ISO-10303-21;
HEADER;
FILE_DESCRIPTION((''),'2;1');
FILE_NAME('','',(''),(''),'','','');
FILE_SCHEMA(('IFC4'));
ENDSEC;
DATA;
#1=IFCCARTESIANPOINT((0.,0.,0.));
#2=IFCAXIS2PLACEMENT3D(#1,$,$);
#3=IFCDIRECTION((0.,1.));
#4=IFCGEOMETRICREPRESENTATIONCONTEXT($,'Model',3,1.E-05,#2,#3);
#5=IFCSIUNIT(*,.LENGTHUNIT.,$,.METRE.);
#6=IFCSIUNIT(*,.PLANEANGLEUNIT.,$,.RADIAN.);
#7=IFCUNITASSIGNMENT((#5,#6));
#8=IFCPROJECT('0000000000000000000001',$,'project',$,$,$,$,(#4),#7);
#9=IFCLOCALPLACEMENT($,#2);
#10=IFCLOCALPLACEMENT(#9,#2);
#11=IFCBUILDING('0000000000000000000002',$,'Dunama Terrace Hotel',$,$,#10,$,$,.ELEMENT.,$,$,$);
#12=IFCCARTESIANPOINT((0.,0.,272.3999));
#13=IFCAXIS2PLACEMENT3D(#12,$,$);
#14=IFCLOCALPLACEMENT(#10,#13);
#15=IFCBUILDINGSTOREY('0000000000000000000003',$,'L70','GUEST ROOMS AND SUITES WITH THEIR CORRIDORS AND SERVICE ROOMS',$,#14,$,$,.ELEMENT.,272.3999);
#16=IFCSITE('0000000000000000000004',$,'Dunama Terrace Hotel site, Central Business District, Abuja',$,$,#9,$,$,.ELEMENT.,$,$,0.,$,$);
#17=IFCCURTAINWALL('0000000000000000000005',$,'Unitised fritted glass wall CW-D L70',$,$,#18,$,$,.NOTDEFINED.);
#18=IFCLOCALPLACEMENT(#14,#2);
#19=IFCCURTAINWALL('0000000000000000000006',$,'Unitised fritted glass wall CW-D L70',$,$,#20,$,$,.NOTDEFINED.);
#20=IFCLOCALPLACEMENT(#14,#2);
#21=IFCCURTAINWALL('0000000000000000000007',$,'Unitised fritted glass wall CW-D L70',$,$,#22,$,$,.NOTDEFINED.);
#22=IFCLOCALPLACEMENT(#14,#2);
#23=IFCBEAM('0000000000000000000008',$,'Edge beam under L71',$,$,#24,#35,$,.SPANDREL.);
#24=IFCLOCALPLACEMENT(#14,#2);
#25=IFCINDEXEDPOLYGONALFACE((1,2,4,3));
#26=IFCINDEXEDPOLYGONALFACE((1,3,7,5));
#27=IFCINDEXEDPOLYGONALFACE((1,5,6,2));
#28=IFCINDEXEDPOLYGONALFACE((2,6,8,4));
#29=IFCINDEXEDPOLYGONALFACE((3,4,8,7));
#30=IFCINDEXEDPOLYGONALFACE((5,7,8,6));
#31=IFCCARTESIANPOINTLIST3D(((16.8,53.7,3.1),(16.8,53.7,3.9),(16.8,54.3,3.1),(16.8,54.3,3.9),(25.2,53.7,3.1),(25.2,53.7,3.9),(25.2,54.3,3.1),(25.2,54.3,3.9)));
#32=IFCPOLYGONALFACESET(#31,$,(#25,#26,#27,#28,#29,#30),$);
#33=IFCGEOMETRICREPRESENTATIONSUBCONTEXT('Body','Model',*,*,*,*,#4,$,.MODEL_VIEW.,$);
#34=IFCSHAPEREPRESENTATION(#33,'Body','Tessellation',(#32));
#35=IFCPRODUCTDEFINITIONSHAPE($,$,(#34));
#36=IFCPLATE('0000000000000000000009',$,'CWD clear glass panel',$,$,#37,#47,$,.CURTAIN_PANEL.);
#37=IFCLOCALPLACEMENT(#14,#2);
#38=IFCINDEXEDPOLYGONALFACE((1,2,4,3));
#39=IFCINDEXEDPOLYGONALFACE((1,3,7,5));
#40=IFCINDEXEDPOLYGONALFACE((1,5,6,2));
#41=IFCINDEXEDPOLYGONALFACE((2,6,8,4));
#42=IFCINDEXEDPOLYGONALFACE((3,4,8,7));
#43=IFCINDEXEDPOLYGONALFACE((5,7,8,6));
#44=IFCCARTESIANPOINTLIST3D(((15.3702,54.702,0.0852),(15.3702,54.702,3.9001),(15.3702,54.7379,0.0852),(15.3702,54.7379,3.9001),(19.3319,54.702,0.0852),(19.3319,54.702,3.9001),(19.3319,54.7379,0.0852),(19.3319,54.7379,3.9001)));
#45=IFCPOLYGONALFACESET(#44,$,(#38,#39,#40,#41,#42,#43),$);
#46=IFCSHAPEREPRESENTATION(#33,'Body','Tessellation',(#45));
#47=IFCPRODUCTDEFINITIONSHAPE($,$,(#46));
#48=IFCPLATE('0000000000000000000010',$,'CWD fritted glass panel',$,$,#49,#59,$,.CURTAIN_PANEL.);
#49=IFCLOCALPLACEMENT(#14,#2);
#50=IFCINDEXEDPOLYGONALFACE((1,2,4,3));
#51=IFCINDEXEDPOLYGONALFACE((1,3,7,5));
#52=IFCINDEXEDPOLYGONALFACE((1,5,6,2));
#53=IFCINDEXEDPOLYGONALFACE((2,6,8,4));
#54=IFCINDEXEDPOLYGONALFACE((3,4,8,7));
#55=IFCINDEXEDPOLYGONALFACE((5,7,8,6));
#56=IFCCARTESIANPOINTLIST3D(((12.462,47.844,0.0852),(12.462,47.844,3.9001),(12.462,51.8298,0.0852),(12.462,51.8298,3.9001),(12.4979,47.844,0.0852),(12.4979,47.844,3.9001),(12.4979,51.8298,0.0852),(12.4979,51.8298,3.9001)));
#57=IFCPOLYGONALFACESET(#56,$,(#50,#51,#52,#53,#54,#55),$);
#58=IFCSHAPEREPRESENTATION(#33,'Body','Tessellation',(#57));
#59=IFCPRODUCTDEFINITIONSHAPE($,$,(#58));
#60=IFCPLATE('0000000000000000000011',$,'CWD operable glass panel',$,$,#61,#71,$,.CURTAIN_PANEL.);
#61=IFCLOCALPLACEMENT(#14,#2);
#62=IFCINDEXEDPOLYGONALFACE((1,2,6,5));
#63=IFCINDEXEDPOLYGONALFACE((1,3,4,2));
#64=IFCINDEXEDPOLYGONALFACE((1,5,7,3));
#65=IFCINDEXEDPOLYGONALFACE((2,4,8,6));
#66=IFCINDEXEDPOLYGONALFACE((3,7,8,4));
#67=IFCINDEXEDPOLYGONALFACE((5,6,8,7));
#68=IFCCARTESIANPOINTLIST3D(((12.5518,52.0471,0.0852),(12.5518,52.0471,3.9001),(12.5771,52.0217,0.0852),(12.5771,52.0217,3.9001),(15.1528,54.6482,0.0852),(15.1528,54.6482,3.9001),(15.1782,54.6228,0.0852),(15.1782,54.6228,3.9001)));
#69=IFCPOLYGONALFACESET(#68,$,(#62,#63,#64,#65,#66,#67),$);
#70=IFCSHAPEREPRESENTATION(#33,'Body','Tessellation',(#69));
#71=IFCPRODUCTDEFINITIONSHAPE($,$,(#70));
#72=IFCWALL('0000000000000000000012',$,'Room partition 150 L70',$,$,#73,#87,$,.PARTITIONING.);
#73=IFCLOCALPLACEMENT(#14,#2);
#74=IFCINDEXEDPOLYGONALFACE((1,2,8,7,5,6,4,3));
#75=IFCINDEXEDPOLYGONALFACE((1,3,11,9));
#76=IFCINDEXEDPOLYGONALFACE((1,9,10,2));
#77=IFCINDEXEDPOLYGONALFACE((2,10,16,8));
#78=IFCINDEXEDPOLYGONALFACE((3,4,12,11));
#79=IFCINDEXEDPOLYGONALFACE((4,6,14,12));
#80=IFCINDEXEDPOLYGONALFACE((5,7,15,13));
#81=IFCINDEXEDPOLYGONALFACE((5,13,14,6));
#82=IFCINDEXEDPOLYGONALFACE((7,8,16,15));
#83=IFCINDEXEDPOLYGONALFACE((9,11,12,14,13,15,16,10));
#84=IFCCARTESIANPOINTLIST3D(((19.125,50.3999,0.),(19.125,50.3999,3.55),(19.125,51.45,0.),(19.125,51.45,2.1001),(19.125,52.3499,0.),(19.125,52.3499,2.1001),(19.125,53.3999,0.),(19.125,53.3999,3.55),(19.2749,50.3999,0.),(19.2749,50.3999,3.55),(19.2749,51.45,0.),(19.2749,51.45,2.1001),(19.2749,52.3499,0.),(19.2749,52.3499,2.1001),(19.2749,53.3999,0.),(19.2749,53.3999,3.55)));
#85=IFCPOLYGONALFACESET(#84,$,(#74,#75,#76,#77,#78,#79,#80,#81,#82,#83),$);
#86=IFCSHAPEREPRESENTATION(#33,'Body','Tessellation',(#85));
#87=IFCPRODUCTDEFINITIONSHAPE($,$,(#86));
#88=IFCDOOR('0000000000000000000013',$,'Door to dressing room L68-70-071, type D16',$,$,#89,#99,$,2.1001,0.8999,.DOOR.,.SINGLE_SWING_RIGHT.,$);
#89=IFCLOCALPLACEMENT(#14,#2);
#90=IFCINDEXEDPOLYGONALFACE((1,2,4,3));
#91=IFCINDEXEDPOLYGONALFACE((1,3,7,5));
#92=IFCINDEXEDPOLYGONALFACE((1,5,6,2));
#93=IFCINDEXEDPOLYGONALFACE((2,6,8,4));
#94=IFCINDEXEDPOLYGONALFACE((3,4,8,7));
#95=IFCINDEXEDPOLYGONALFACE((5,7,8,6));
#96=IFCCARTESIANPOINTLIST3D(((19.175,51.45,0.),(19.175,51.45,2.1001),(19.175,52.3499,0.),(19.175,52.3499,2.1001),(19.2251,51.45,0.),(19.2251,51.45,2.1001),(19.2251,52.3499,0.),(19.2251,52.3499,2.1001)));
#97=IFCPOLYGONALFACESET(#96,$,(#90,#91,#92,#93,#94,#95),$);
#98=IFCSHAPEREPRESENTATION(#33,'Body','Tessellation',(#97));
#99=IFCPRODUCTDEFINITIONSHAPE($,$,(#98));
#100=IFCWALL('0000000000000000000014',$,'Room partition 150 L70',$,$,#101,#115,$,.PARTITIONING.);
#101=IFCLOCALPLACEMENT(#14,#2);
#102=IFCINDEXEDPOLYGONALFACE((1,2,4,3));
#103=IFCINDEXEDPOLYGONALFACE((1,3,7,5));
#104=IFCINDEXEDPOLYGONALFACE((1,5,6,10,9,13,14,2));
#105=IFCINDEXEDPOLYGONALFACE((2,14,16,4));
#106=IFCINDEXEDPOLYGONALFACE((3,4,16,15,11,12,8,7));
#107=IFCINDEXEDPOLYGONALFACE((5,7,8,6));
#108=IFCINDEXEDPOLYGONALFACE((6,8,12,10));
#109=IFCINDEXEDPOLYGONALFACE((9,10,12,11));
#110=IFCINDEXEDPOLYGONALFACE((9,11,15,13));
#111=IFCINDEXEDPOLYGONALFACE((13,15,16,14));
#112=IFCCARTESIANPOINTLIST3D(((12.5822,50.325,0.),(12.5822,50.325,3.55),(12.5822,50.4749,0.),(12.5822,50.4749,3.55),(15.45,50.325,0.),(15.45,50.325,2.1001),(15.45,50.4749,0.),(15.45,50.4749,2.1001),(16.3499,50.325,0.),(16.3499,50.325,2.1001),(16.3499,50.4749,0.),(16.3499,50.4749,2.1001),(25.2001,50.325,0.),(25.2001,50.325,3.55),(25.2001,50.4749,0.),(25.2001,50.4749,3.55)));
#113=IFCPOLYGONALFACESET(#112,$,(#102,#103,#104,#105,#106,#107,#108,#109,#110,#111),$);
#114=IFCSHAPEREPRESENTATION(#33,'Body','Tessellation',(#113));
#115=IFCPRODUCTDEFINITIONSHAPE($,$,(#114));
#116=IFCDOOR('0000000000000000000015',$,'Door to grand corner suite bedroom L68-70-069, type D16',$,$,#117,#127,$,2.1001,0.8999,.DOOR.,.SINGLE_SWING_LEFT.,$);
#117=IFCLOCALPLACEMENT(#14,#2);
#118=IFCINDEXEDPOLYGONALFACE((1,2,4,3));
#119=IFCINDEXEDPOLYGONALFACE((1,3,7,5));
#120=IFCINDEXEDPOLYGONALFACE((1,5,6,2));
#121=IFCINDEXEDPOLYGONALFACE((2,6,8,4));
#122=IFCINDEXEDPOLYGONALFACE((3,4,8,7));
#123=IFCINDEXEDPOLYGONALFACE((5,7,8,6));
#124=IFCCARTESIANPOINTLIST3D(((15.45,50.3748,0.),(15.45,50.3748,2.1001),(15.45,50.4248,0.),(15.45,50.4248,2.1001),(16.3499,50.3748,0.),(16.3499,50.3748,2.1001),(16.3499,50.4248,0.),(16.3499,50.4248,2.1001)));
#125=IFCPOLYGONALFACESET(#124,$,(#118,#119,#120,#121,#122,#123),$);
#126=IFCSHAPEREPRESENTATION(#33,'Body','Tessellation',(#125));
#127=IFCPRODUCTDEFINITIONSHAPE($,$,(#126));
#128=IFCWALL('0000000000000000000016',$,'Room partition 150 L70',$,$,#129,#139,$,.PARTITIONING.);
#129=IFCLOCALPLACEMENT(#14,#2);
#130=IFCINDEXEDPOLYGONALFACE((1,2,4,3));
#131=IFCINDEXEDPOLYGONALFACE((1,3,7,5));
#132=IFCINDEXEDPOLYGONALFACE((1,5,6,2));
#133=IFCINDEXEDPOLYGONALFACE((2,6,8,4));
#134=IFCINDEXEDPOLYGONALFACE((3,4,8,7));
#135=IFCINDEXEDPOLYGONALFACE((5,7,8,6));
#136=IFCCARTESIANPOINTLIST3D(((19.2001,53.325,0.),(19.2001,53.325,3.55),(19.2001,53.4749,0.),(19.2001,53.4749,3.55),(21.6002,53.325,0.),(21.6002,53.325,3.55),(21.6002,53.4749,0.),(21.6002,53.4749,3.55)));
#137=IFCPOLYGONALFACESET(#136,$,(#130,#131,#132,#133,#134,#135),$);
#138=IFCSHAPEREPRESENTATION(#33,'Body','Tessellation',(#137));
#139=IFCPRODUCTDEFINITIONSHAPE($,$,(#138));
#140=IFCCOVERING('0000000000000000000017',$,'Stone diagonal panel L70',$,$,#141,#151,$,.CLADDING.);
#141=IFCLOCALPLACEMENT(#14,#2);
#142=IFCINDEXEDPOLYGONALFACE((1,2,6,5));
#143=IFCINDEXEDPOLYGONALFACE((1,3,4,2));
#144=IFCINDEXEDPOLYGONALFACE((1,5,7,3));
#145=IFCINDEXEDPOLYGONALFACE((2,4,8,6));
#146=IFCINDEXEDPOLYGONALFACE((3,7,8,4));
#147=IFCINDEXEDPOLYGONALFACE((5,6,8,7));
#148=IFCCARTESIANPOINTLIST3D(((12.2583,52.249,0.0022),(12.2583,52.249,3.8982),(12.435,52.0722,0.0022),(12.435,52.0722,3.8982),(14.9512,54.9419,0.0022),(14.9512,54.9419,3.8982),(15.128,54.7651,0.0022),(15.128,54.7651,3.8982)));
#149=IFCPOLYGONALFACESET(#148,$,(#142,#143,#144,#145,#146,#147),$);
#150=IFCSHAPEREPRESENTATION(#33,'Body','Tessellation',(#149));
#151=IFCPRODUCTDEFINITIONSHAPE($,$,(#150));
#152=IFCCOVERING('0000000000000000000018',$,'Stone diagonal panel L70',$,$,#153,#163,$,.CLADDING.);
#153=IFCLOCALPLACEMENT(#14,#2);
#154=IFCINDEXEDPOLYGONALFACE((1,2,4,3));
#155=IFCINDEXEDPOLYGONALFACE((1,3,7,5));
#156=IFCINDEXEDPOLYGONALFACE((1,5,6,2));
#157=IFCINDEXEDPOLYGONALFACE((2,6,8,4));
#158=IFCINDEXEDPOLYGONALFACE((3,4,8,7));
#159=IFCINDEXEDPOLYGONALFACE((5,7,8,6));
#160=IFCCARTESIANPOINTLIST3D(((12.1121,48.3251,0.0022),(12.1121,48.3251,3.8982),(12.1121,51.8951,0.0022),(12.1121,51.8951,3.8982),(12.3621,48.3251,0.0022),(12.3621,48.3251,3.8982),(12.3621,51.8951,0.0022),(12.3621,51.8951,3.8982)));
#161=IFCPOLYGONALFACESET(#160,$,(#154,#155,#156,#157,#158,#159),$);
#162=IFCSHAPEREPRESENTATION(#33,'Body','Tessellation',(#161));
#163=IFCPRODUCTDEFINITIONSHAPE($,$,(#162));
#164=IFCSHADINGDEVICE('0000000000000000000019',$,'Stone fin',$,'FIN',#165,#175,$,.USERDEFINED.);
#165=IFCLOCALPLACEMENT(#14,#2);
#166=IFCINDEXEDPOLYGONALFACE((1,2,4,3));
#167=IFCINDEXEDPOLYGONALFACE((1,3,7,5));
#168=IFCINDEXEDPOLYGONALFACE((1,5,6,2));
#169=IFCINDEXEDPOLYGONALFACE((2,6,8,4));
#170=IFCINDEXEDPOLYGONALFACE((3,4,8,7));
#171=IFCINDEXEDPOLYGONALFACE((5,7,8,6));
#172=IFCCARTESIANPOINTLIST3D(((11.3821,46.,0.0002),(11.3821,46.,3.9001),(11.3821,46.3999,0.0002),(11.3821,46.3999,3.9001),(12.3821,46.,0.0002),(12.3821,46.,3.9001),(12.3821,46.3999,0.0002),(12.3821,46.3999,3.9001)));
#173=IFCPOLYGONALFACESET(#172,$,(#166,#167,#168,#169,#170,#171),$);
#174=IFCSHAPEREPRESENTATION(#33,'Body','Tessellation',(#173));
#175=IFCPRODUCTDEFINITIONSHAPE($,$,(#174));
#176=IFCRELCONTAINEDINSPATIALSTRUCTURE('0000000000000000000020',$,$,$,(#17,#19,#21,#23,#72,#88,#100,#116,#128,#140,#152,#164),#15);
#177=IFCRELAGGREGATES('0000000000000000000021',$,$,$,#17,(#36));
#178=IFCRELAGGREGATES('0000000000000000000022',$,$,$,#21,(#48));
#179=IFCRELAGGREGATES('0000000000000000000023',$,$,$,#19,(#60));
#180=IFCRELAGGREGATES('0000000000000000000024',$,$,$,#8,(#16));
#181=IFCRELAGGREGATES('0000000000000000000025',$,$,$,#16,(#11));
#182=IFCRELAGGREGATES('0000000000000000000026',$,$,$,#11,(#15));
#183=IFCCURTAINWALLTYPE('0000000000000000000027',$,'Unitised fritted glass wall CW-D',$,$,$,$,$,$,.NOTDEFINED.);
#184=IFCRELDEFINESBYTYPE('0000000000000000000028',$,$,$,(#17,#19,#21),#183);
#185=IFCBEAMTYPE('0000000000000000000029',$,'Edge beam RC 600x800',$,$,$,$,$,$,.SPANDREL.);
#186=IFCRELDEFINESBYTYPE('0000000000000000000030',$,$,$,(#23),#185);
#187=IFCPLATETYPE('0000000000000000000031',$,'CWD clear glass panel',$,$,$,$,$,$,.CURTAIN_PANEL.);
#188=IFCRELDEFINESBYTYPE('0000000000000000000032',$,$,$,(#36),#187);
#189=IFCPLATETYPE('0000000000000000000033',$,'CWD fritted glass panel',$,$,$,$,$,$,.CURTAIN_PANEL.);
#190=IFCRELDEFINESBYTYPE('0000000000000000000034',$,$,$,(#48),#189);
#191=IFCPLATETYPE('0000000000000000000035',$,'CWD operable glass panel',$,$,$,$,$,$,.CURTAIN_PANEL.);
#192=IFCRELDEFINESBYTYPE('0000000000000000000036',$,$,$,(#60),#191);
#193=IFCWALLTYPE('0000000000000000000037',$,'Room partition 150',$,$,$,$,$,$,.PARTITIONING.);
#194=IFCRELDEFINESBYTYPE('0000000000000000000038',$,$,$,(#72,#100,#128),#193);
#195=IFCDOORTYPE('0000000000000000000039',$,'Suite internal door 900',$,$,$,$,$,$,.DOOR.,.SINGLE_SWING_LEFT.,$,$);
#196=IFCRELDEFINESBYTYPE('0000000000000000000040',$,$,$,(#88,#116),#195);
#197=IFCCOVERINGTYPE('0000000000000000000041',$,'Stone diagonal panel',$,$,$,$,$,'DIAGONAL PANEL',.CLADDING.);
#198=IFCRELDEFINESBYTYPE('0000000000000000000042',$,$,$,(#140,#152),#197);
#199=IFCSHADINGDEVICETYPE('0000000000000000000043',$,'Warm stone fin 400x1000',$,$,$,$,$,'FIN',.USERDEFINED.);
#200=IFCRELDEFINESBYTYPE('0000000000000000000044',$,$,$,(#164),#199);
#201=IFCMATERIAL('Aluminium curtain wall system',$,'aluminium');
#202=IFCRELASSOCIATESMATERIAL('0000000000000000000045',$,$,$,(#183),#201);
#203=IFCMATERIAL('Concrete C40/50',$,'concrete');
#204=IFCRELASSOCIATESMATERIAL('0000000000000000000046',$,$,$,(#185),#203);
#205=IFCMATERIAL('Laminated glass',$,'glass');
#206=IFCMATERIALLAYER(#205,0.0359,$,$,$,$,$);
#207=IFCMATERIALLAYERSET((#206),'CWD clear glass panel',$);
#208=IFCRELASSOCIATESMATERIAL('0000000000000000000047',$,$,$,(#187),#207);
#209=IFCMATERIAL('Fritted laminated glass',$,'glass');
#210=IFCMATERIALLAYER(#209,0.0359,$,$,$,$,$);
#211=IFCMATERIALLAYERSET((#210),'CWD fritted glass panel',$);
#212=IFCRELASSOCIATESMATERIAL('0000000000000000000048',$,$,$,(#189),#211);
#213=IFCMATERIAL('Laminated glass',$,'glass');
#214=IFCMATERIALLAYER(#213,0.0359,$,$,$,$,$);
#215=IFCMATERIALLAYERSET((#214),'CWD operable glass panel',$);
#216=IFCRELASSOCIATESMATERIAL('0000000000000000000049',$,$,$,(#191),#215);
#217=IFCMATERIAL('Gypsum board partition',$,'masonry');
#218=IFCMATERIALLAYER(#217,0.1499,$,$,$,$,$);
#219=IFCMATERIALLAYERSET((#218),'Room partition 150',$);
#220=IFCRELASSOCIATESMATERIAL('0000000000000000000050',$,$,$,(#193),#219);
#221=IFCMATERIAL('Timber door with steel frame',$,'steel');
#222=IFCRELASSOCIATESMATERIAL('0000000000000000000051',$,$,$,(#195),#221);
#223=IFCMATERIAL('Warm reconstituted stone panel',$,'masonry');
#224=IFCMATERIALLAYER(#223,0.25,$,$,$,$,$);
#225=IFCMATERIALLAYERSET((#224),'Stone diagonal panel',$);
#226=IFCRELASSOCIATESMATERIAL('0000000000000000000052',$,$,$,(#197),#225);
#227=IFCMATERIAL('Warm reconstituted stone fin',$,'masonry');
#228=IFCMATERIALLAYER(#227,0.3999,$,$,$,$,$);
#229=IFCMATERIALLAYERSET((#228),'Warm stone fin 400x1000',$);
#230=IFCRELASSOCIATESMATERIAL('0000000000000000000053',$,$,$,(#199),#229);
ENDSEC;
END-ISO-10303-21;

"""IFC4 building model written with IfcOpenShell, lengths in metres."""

from ifc_helpers import new_model, si_unit, direction, frame, frame_2d, origin, origin_2d, place, context, subcontext, project, spatial, rectangle, extrude, material, layer, layer_set, material_profile, profile_set, type_object, element, fill, aggregate, save


model = new_model("IFC4")

# Units and contexts
model_context = context("Model", 3, precision=1e-05, world=origin(), true_north=direction((0.0, 1.0)))
body_context = subcontext(model_context, "Body", "Model", "MODEL_VIEW")
ifc_project = project(units=[si_unit("LENGTHUNIT", "METRE"), si_unit("PLANEANGLEUNIT", "RADIAN")], contexts=[model_context])

# Site, building, storey
site_placement = place(None, origin())
site = spatial("IfcSite", under=ifc_project, at=site_placement, Name="Dunama Terrace Hotel site, Central Business District, Abuja", CompositionType="ELEMENT", RefElevation=0.0)
building_placement = place(site_placement, origin())
building = spatial("IfcBuilding", under=site, at=building_placement, Name="Dunama Terrace Hotel", CompositionType="ELEMENT")
storey_placement = place(building_placement, frame((0.0, 0.0, 272.3999)))
storey = spatial("IfcBuildingStorey", under=building, at=storey_placement, Name="L70", Description="GUEST ROOMS AND SUITES WITH THEIR CORRIDORS AND SERVICE ROOMS", CompositionType="ELEMENT", Elevation=272.3999)

# Curtain walls
ifc_material_1 = material(Name="Aluminium curtain wall system", Category="aluminium")
curtain_wall_type = type_object("IfcCurtainWallType", Name="Unitised fritted glass wall CW-D", PredefinedType="NOTDEFINED", material=ifc_material_1)
curtain_wall_1_placement = place(storey_placement, origin())
curtain_wall_1 = element("IfcCurtainWall", 1, at=curtain_wall_1_placement, inside=storey, type_object=curtain_wall_type, Name="Unitised fritted glass wall CW-D L70", PredefinedType="NOTDEFINED")
curtain_wall_2_placement = place(storey_placement, origin())
curtain_wall_2 = element("IfcCurtainWall", 2, at=curtain_wall_2_placement, inside=storey, type_object=curtain_wall_type, Name="Unitised fritted glass wall CW-D L70", PredefinedType="NOTDEFINED")
curtain_wall_3_placement = place(storey_placement, origin())
curtain_wall_3 = element("IfcCurtainWall", 3, at=curtain_wall_3_placement, inside=storey, type_object=curtain_wall_type, Name="Unitised fritted glass wall CW-D L70", PredefinedType="NOTDEFINED")

# Beam
ifc_material_2 = material(Name="Concrete C40/50", Category="concrete")
ifc_material_profile_1 = material_profile(ifc_material_2, rectangle(XDim=0.6001, YDim=0.8, at=origin_2d()), Name="RC 600x800")
ifc_profile_set_1 = profile_set([ifc_material_profile_1], Name="Concrete C40/50")
beam_type_1 = type_object("IfcBeamType", Name="Edge beam RC 600x800", PredefinedType="SPANDREL", material=ifc_profile_set_1)
beam_1_placement = place(storey_placement, frame((16.8, 54.0, 3.5), z_axis=(1.0, 0.0, 0.0), x_axis=(0.0, 1.0, 0.0)))
element("IfcBeam", 4, at=beam_1_placement, inside=storey, type_object=beam_type_1, Name="Edge beam under L71", PredefinedType="SPANDREL", context=body_context, shape_type="SweptSolid", body=[
    extrude(rectangle(XDim=0.6001, YDim=0.8, at=origin_2d()), origin(), (0.0, 0.0, 1.0), 8.3999),
])

# Plates
ifc_material_3 = material(Name="Laminated glass", Category="glass")
ifc_layer_1 = layer(ifc_material_3, 0.0359)
ifc_layer_set_1 = layer_set([ifc_layer_1], Name="CWD clear glass panel")
plate_type_1 = type_object("IfcPlateType", Name="CWD clear glass panel", PredefinedType="CURTAIN_PANEL", material=ifc_layer_set_1)
plate_1_placement = place(storey_placement, frame((17.3511, 54.72, 0.0852), z_axis=(0.0, 0.0, 1.0), x_axis=(-1.0, 0.0, 0.0)))
plate_1 = element("IfcPlate", 5, at=plate_1_placement, type_object=plate_type_1, Name="CWD clear glass panel", PredefinedType="CURTAIN_PANEL", context=body_context, shape_type="SweptSolid", body=[
    extrude(rectangle(XDim=3.9617, YDim=0.0359, at=origin_2d()), origin(), (0.0, 0.0, 1.0), 3.8149),
])
aggregate(curtain_wall_1, [plate_1])
ifc_material_4 = material(Name="Fritted laminated glass", Category="glass")
ifc_layer_2 = layer(ifc_material_4, 0.0359)
ifc_layer_set_2 = layer_set([ifc_layer_2], Name="CWD fritted glass panel")
plate_type_2 = type_object("IfcPlateType", Name="CWD fritted glass panel", PredefinedType="CURTAIN_PANEL", material=ifc_layer_set_2)
plate_2_placement = place(storey_placement, frame((12.48, 49.8369, 0.0852), z_axis=(0.0, 0.0, 1.0), x_axis=(0.0, -1.0, 0.0)))
plate_2 = element("IfcPlate", 6, at=plate_2_placement, type_object=plate_type_2, Name="CWD fritted glass panel", PredefinedType="CURTAIN_PANEL", context=body_context, shape_type="SweptSolid", body=[
    extrude(rectangle(XDim=3.9858, YDim=0.0359, at=origin_2d()), origin(), (0.0, 0.0, 1.0), 3.8149),
])
aggregate(curtain_wall_3, [plate_2])
ifc_material_5 = material(Name="Laminated glass", Category="glass")
ifc_layer_3 = layer(ifc_material_5, 0.0359)
ifc_layer_set_3 = layer_set([ifc_layer_3], Name="CWD operable glass panel")
plate_type_3 = type_object("IfcPlateType", Name="CWD operable glass panel", PredefinedType="CURTAIN_PANEL", material=ifc_layer_set_3)
plate_3_placement = place(storey_placement, frame((13.865, 53.335, 0.0852), z_axis=(0.0, 0.0, 1.0), x_axis=(-0.707107, -0.707107, 0.0)))
plate_3 = element("IfcPlate", 7, at=plate_3_placement, type_object=plate_type_3, Name="CWD operable glass panel", PredefinedType="CURTAIN_PANEL", context=body_context, shape_type="SweptSolid", body=[
    extrude(rectangle(XDim=3.6785, YDim=0.0359, at=origin_2d()), origin(), (0.0, 0.0, 1.0), 3.8149),
])
aggregate(curtain_wall_2, [plate_3])

# Walls, openings, doors
ifc_material_6 = material(Name="Gypsum board partition", Category="masonry")
ifc_layer_4 = layer(ifc_material_6, 0.1499)
ifc_layer_set_4 = layer_set([ifc_layer_4], Name="Room partition 150")
wall_type = type_object("IfcWallType", Name="Room partition 150", PredefinedType="PARTITIONING", material=ifc_layer_set_4)
wall_1_placement = place(storey_placement, frame((19.2, 50.3999, 0.0), z_axis=(0.0, 0.0, 1.0), x_axis=(0.0, 1.0, 0.0)))
wall_1 = element("IfcWall", 8, at=wall_1_placement, inside=storey, type_object=wall_type, Name="Room partition 150 L70", PredefinedType="PARTITIONING", context=body_context, shape_type="SweptSolid", body=[
    extrude(rectangle(XDim=3.0, YDim=0.1499, at=frame_2d((1.5, 0.0))), origin(), (0.0, 0.0, 1.0), 3.55),
])
opening_1_placement = place(wall_1_placement, frame((1.05, 0.0, 0.0)))
opening_1 = element("IfcOpeningElement", 9, at=opening_1_placement, cuts=wall_1, PredefinedType="OPENING", context=body_context, shape_type="SweptSolid", body=[
    extrude(rectangle(XDim=0.8999, YDim=2.1001, at=frame_2d((0.45, 1.05))), frame((0.0, 0.085, 0.0), z_axis=(0.0, -1.0, 0.0), x_axis=(1.0, 0.0, 0.0)), (0.0, 0.0, 1.0), 0.1699),
])
ifc_material_7 = material(Name="Timber door with steel frame", Category="steel")
door_type = type_object("IfcDoorType", Name="Suite internal door 900", OperationType="SINGLE_SWING_LEFT", PredefinedType="DOOR", material=ifc_material_7)
door_1_placement = place(opening_1_placement, frame((0.8999, 0.0, 0.0), z_axis=(0.0, 0.0, 1.0), x_axis=(-1.0, 0.0, 0.0)))
door_1 = element("IfcDoor", 10, at=door_1_placement, inside=storey, type_object=door_type, Name="Door to dressing room L68-70-071, type D16", OperationType="SINGLE_SWING_RIGHT", OverallHeight=2.1001, OverallWidth=0.8999, PredefinedType="DOOR", context=body_context, shape_type="SweptSolid", body=[
    extrude(rectangle(XDim=0.8999, YDim=2.1001, at=frame_2d((0.45, 1.05))), frame((0.0, 0.0251, 0.0), z_axis=(0.0, -1.0, 0.0), x_axis=(1.0, 0.0, 0.0)), (0.0, 0.0, 1.0), 0.05),
])
fill(opening_1, door_1)
wall_2_placement = place(storey_placement, frame((12.582, 50.3999, 0.0), z_axis=(0.0, 0.0, 1.0), x_axis=(1.0, 0.0, 0.0)))
wall_2 = element("IfcWall", 11, at=wall_2_placement, inside=storey, type_object=wall_type, Name="Room partition 150 L70", PredefinedType="PARTITIONING", context=body_context, shape_type="SweptSolid", body=[
    extrude(rectangle(XDim=12.6179, YDim=0.1499, at=frame_2d((6.3091, 0.0))), origin(), (0.0, 0.0, 1.0), 3.55),
])
opening_2_placement = place(wall_2_placement, frame((2.8679, 0.0, 0.0)))
opening_2 = element("IfcOpeningElement", 12, at=opening_2_placement, cuts=wall_2, PredefinedType="OPENING", context=body_context, shape_type="SweptSolid", body=[
    extrude(rectangle(XDim=0.8999, YDim=2.1001, at=frame_2d((0.45, 1.05))), frame((0.0, 0.085, 0.0), z_axis=(0.0, -1.0, 0.0), x_axis=(1.0, 0.0, 0.0)), (0.0, 0.0, 1.0), 0.1699),
])
door_2_placement = place(opening_2_placement, origin())
door_2 = element("IfcDoor", 13, at=door_2_placement, inside=storey, type_object=door_type, Name="Door to grand corner suite bedroom L68-70-069, type D16", OperationType="SINGLE_SWING_LEFT", OverallHeight=2.1001, OverallWidth=0.8999, PredefinedType="DOOR", context=body_context, shape_type="SweptSolid", body=[
    extrude(rectangle(XDim=0.8999, YDim=2.1001, at=frame_2d((0.45, 1.05))), frame((0.0, 0.0249, 0.0), z_axis=(0.0, -1.0, 0.0), x_axis=(1.0, 0.0, 0.0)), (0.0, 0.0, 1.0), 0.05),
])
fill(opening_2, door_2)

# Wall
wall_3_placement = place(storey_placement, frame((19.2, 53.3999, 0.0), z_axis=(0.0, 0.0, 1.0), x_axis=(1.0, 0.0, 0.0)))
element("IfcWall", 14, at=wall_3_placement, inside=storey, type_object=wall_type, Name="Room partition 150 L70", PredefinedType="PARTITIONING", context=body_context, shape_type="SweptSolid", body=[
    extrude(rectangle(XDim=2.4001, YDim=0.1499, at=frame_2d((1.2002, 0.0))), origin(), (0.0, 0.0, 1.0), 3.55),
])

# Coverings
ifc_material_8 = material(Name="Warm reconstituted stone panel", Category="masonry")
ifc_layer_5 = layer(ifc_material_8, 0.25)
ifc_layer_set_5 = layer_set([ifc_layer_5], Name="Stone diagonal panel")
covering_type = type_object("IfcCoveringType", Name="Stone diagonal panel", ElementType="DIAGONAL PANEL", PredefinedType="CLADDING", material=ifc_layer_set_5)
covering_1_placement = place(storey_placement, frame((13.6931, 53.5071, 0.0022), z_axis=(0.0, 0.0, 1.0), x_axis=(-0.707107, -0.707107, 0.0)))
element("IfcCovering", 15, at=covering_1_placement, inside=storey, type_object=covering_type, Name="Stone diagonal panel L70", PredefinedType="CLADDING", context=body_context, shape_type="SweptSolid", body=[
    extrude(rectangle(XDim=3.8083, YDim=0.25, at=origin_2d()), origin(), (0.0, 0.0, 1.0), 3.896),
])
covering_2_placement = place(storey_placement, frame((12.2371, 50.1101, 0.0022), z_axis=(0.0, 0.0, 1.0), x_axis=(0.0, -1.0, 0.0)))
element("IfcCovering", 16, at=covering_2_placement, inside=storey, type_object=covering_type, Name="Stone diagonal panel L70", PredefinedType="CLADDING", context=body_context, shape_type="SweptSolid", body=[
    extrude(rectangle(XDim=3.5701, YDim=0.25, at=origin_2d()), origin(), (0.0, 0.0, 1.0), 3.896),
])

# Shading device
ifc_material_9 = material(Name="Warm reconstituted stone fin", Category="masonry")
ifc_layer_6 = layer(ifc_material_9, 0.3999)
ifc_layer_set_6 = layer_set([ifc_layer_6], Name="Warm stone fin 400x1000")
shading_device_type = type_object("IfcShadingDeviceType", Name="Warm stone fin 400x1000", ElementType="FIN", PredefinedType="USERDEFINED", material=ifc_layer_set_6)
shading_device_placement = place(storey_placement, frame((11.8821, 46.2, 0.0002), z_axis=(0.0, 0.0, 1.0), x_axis=(0.0, -1.0, 0.0)))
element("IfcShadingDevice", 17, at=shading_device_placement, inside=storey, type_object=shading_device_type, Name="Stone fin", ObjectType="FIN", PredefinedType="USERDEFINED", context=body_context, shape_type="SweptSolid", body=[
    extrude(rectangle(XDim=0.3999, YDim=1.0, at=origin_2d()), origin(), (0.0, 0.0, 1.0), 3.8999),
])

save(model, "model.ifc")
